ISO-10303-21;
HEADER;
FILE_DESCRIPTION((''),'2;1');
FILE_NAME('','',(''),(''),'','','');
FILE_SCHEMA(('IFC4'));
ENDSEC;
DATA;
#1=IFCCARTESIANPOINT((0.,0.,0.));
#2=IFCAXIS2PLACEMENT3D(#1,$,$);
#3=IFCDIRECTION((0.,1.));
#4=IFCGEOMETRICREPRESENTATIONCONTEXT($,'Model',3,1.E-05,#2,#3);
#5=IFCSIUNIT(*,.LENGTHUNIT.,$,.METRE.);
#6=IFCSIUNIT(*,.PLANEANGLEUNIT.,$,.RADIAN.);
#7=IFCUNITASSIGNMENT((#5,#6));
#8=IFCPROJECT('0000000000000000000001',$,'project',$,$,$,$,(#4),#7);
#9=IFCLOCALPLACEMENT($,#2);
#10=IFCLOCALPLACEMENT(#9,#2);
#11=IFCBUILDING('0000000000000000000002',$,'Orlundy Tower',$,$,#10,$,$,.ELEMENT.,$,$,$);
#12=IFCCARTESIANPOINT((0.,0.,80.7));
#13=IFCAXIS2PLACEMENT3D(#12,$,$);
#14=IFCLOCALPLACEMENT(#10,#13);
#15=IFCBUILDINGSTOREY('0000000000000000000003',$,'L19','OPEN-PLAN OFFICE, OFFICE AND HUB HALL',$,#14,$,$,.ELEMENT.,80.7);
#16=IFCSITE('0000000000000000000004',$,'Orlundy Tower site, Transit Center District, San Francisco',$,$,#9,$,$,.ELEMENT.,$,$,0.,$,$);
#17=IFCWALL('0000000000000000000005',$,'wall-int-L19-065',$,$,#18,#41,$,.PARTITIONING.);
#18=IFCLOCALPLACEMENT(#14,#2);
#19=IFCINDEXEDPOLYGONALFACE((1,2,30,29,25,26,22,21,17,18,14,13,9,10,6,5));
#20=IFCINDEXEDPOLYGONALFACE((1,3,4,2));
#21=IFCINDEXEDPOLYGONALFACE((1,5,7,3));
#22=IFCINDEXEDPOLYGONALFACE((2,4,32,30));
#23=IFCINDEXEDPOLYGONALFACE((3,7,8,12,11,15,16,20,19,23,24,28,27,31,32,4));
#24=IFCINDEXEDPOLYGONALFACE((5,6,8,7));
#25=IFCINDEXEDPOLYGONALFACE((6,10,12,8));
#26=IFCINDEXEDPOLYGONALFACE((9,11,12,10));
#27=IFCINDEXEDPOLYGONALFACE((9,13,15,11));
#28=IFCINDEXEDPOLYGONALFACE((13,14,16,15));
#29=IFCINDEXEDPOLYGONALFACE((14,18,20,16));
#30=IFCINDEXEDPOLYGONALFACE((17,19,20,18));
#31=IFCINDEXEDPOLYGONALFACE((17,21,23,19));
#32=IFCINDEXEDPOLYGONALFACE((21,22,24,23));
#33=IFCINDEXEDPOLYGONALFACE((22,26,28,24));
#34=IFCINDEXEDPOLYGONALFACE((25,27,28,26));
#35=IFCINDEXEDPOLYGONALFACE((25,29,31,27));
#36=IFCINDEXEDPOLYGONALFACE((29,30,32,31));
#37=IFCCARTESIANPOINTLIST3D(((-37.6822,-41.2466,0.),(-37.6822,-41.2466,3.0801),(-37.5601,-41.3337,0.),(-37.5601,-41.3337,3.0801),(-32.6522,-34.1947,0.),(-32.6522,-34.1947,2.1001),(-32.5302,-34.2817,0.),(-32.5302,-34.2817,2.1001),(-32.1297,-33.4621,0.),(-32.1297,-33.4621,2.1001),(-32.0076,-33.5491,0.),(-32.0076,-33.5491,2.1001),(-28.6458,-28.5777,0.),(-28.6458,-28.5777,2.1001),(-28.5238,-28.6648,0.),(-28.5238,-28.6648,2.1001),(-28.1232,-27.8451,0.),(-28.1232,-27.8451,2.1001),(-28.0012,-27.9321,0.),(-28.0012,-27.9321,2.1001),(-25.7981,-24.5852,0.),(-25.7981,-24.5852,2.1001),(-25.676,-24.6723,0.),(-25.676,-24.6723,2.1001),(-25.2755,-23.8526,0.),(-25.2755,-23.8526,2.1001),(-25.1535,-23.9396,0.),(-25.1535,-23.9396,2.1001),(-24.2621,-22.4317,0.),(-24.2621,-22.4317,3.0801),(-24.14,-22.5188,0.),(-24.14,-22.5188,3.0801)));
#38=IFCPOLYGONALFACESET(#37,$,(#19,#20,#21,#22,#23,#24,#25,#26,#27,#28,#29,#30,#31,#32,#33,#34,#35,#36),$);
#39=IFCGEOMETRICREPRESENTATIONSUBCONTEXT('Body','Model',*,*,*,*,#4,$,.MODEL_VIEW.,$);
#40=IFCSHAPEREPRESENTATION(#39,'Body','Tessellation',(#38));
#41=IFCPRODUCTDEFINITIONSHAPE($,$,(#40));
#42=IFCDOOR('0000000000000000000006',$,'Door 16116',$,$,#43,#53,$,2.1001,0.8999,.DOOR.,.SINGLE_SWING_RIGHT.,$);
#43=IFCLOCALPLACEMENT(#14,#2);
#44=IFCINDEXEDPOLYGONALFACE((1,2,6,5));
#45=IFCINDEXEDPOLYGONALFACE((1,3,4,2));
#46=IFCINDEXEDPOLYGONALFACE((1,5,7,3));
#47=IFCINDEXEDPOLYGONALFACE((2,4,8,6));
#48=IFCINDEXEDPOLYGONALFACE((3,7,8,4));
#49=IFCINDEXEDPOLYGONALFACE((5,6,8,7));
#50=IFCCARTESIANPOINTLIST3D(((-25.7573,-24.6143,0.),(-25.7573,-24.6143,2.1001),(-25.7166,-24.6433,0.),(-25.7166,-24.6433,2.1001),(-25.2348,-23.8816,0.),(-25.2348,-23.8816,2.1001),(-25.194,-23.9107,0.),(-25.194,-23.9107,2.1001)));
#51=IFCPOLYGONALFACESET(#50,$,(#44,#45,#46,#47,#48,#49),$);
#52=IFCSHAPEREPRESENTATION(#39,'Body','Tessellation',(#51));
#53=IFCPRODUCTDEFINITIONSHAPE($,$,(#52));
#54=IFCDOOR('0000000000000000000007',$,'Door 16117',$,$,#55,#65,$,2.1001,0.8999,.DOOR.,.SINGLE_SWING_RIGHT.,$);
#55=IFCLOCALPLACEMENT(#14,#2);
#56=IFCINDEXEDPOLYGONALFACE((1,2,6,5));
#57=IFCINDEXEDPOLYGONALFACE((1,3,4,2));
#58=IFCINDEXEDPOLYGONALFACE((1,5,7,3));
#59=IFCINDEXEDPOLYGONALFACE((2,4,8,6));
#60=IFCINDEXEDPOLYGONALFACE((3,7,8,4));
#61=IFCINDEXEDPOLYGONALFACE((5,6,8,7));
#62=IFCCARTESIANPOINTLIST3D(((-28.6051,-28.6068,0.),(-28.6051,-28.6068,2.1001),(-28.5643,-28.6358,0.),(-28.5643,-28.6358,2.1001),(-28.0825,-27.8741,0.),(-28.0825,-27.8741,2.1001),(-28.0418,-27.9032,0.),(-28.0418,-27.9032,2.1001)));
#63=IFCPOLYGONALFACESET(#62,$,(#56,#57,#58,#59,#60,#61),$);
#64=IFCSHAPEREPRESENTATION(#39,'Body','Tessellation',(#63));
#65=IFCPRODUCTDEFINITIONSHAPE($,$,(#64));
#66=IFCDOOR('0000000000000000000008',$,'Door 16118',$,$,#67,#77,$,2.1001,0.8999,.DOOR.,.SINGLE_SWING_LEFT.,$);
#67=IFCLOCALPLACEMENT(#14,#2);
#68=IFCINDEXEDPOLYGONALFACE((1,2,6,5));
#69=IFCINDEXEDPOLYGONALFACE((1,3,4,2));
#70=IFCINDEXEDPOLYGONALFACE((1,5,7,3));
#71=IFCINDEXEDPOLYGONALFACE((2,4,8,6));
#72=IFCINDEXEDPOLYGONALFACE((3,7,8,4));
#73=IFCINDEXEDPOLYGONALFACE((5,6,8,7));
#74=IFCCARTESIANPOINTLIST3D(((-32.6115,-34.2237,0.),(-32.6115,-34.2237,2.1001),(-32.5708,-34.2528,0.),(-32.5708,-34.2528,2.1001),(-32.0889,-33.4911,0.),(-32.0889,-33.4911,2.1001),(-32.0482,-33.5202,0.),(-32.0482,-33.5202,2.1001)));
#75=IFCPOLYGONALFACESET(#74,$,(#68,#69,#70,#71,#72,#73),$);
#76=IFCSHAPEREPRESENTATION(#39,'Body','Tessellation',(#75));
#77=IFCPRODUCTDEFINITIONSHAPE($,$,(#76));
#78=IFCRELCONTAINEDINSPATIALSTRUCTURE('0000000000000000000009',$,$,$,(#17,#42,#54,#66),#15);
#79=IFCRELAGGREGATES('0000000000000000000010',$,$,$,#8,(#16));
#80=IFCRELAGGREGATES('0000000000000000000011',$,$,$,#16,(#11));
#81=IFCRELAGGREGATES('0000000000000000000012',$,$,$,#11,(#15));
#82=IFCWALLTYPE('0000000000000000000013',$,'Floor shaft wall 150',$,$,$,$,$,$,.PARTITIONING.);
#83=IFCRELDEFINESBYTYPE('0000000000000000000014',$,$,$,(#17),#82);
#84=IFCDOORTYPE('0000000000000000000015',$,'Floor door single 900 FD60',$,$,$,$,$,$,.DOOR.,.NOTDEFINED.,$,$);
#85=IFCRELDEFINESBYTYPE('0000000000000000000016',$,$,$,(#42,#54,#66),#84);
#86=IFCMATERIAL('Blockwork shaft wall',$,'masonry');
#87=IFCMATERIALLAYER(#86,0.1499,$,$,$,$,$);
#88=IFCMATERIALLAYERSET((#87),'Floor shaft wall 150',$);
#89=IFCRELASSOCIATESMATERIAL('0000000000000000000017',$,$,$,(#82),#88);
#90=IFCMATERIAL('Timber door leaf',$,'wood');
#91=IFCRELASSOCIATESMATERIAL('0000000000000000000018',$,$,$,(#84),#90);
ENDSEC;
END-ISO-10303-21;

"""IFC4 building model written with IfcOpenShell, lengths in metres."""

from ifc_helpers import new_model, si_unit, direction, frame, frame_2d, origin, place, context, subcontext, project, spatial, rectangle, extrude, material, layer, layer_set, type_object, element, fill, save


model = new_model("IFC4")

# Units and contexts
model_context = context("Model", 3, precision=1e-05, world=origin(), true_north=direction((0.0, 1.0)))
body_context = subcontext(model_context, "Body", "Model", "MODEL_VIEW")
ifc_project = project(units=[si_unit("LENGTHUNIT", "METRE"), si_unit("PLANEANGLEUNIT", "RADIAN")], contexts=[model_context])

# Site, building, storey
site_placement = place(None, origin())
site = spatial("IfcSite", under=ifc_project, at=site_placement, Name="Orlundy Tower site, Transit Center District, San Francisco", CompositionType="ELEMENT", RefElevation=0.0)
building_placement = place(site_placement, origin())
building = spatial("IfcBuilding", under=site, at=building_placement, Name="Orlundy Tower", CompositionType="ELEMENT")
storey_placement = place(building_placement, frame((0.0, 0.0, 80.7)))
storey = spatial("IfcBuildingStorey", under=building, at=storey_placement, Name="L19", Description="OPEN-PLAN OFFICE, OFFICE AND HUB HALL", CompositionType="ELEMENT", Elevation=80.7)

# Shared definitions
ifc_material_1 = material(Name="Blockwork shaft wall", Category="masonry")
ifc_layer_1 = layer(ifc_material_1, 0.1499)
ifc_layer_set_1 = layer_set([ifc_layer_1], Name="Floor shaft wall 150")
wall_type_1 = type_object("IfcWallType", Name="Floor shaft wall 150", PredefinedType="PARTITIONING", material=ifc_layer_set_1)

# Wall, openings, doors
wall_1_placement = place(storey_placement, frame((-37.6211, -41.29, 0.0), z_axis=(0.0, 0.0, 1.0), x_axis=(0.580691, 0.814124, 0.0)))
wall_1 = element("IfcWall", 1, at=wall_1_placement, inside=storey, type_object=wall_type_1, Name="wall-int-L19-065", PredefinedType="PARTITIONING", context=body_context, shape_type="SweptSolid", body=[
    extrude(rectangle(XDim=23.1106, YDim=0.1499, at=frame_2d((11.5552, 0.0))), origin(), (0.0, 0.0, 1.0), 3.0801),
])
opening_1_placement = place(wall_1_placement, frame((20.4653, 0.0, 0.0)))
opening_1 = element("IfcOpeningElement", 2, at=opening_1_placement, cuts=wall_1, PredefinedType="OPENING", context=body_context, shape_type="SweptSolid", body=[
    extrude(rectangle(XDim=0.8999, YDim=2.1001, at=frame_2d((0.45, 1.05))), frame((0.0, 0.085, 0.0), z_axis=(0.0, -1.0, 0.0), x_axis=(1.0, 0.0, 0.0)), (0.0, 0.0, 1.0), 0.1699),
])
opening_2_placement = place(wall_1_placement, frame((15.5613, 0.0, 0.0)))
opening_2 = element("IfcOpeningElement", 3, at=opening_2_placement, cuts=wall_1, PredefinedType="OPENING", context=body_context, shape_type="SweptSolid", body=[
    extrude(rectangle(XDim=0.8999, YDim=2.1001, at=frame_2d((0.45, 1.05))), frame((0.0, 0.085, 0.0), z_axis=(0.0, -1.0, 0.0), x_axis=(1.0, 0.0, 0.0)), (0.0, 0.0, 1.0), 0.1699),
])
opening_3_placement = place(wall_1_placement, frame((8.6619, 0.0, 0.0)))
opening_3 = element("IfcOpeningElement", 4, at=opening_3_placement, cuts=wall_1, PredefinedType="OPENING", context=body_context, shape_type="SweptSolid", body=[
    extrude(rectangle(XDim=0.8999, YDim=2.1001, at=frame_2d((0.45, 1.05))), frame((0.0, 0.085, 0.0), z_axis=(0.0, -1.0, 0.0), x_axis=(1.0, 0.0, 0.0)), (0.0, 0.0, 1.0), 0.1699),
])
ifc_material_2 = material(Name="Timber door leaf", Category="wood")
door_type = type_object("IfcDoorType", Name="Floor door single 900 FD60", OperationType="NOTDEFINED", PredefinedType="DOOR", material=ifc_material_2)
door_1_placement = place(opening_1_placement, origin())
door_1 = element("IfcDoor", 5, at=door_1_placement, inside=storey, type_object=door_type, Name="Door 16116", OperationType="SINGLE_SWING_RIGHT", OverallHeight=2.1001, OverallWidth=0.8999, PredefinedType="DOOR", context=body_context, shape_type="SweptSolid", body=[
    extrude(rectangle(XDim=0.8999, YDim=2.1001, at=frame_2d((0.45, 1.05))), frame((0.0, 0.0249, 0.0), z_axis=(0.0, -1.0, 0.0), x_axis=(1.0, 0.0, 0.0)), (0.0, 0.0, 1.0), 0.05),
])
fill(opening_1, door_1)
door_2_placement = place(opening_2_placement, origin())
door_2 = element("IfcDoor", 6, at=door_2_placement, inside=storey, type_object=door_type, Name="Door 16117", OperationType="SINGLE_SWING_RIGHT", OverallHeight=2.1001, OverallWidth=0.8999, PredefinedType="DOOR", context=body_context, shape_type="SweptSolid", body=[
    extrude(rectangle(XDim=0.8999, YDim=2.1001, at=frame_2d((0.45, 1.05))), frame((0.0, 0.0249, 0.0), z_axis=(0.0, -1.0, 0.0), x_axis=(1.0, 0.0, 0.0)), (0.0, 0.0, 1.0), 0.05),
])
fill(opening_2, door_2)
door_3_placement = place(opening_3_placement, origin())
door_3 = element("IfcDoor", 7, at=door_3_placement, inside=storey, type_object=door_type, Name="Door 16118", OperationType="SINGLE_SWING_LEFT", OverallHeight=2.1001, OverallWidth=0.8999, PredefinedType="DOOR", context=body_context, shape_type="SweptSolid", body=[
    extrude(rectangle(XDim=0.8999, YDim=2.1001, at=frame_2d((0.45, 1.05))), frame((0.0, 0.0249, 0.0), z_axis=(0.0, -1.0, 0.0), x_axis=(1.0, 0.0, 0.0)), (0.0, 0.0, 1.0), 0.05),
])
fill(opening_3, door_3)

save(model, "model.ifc")
